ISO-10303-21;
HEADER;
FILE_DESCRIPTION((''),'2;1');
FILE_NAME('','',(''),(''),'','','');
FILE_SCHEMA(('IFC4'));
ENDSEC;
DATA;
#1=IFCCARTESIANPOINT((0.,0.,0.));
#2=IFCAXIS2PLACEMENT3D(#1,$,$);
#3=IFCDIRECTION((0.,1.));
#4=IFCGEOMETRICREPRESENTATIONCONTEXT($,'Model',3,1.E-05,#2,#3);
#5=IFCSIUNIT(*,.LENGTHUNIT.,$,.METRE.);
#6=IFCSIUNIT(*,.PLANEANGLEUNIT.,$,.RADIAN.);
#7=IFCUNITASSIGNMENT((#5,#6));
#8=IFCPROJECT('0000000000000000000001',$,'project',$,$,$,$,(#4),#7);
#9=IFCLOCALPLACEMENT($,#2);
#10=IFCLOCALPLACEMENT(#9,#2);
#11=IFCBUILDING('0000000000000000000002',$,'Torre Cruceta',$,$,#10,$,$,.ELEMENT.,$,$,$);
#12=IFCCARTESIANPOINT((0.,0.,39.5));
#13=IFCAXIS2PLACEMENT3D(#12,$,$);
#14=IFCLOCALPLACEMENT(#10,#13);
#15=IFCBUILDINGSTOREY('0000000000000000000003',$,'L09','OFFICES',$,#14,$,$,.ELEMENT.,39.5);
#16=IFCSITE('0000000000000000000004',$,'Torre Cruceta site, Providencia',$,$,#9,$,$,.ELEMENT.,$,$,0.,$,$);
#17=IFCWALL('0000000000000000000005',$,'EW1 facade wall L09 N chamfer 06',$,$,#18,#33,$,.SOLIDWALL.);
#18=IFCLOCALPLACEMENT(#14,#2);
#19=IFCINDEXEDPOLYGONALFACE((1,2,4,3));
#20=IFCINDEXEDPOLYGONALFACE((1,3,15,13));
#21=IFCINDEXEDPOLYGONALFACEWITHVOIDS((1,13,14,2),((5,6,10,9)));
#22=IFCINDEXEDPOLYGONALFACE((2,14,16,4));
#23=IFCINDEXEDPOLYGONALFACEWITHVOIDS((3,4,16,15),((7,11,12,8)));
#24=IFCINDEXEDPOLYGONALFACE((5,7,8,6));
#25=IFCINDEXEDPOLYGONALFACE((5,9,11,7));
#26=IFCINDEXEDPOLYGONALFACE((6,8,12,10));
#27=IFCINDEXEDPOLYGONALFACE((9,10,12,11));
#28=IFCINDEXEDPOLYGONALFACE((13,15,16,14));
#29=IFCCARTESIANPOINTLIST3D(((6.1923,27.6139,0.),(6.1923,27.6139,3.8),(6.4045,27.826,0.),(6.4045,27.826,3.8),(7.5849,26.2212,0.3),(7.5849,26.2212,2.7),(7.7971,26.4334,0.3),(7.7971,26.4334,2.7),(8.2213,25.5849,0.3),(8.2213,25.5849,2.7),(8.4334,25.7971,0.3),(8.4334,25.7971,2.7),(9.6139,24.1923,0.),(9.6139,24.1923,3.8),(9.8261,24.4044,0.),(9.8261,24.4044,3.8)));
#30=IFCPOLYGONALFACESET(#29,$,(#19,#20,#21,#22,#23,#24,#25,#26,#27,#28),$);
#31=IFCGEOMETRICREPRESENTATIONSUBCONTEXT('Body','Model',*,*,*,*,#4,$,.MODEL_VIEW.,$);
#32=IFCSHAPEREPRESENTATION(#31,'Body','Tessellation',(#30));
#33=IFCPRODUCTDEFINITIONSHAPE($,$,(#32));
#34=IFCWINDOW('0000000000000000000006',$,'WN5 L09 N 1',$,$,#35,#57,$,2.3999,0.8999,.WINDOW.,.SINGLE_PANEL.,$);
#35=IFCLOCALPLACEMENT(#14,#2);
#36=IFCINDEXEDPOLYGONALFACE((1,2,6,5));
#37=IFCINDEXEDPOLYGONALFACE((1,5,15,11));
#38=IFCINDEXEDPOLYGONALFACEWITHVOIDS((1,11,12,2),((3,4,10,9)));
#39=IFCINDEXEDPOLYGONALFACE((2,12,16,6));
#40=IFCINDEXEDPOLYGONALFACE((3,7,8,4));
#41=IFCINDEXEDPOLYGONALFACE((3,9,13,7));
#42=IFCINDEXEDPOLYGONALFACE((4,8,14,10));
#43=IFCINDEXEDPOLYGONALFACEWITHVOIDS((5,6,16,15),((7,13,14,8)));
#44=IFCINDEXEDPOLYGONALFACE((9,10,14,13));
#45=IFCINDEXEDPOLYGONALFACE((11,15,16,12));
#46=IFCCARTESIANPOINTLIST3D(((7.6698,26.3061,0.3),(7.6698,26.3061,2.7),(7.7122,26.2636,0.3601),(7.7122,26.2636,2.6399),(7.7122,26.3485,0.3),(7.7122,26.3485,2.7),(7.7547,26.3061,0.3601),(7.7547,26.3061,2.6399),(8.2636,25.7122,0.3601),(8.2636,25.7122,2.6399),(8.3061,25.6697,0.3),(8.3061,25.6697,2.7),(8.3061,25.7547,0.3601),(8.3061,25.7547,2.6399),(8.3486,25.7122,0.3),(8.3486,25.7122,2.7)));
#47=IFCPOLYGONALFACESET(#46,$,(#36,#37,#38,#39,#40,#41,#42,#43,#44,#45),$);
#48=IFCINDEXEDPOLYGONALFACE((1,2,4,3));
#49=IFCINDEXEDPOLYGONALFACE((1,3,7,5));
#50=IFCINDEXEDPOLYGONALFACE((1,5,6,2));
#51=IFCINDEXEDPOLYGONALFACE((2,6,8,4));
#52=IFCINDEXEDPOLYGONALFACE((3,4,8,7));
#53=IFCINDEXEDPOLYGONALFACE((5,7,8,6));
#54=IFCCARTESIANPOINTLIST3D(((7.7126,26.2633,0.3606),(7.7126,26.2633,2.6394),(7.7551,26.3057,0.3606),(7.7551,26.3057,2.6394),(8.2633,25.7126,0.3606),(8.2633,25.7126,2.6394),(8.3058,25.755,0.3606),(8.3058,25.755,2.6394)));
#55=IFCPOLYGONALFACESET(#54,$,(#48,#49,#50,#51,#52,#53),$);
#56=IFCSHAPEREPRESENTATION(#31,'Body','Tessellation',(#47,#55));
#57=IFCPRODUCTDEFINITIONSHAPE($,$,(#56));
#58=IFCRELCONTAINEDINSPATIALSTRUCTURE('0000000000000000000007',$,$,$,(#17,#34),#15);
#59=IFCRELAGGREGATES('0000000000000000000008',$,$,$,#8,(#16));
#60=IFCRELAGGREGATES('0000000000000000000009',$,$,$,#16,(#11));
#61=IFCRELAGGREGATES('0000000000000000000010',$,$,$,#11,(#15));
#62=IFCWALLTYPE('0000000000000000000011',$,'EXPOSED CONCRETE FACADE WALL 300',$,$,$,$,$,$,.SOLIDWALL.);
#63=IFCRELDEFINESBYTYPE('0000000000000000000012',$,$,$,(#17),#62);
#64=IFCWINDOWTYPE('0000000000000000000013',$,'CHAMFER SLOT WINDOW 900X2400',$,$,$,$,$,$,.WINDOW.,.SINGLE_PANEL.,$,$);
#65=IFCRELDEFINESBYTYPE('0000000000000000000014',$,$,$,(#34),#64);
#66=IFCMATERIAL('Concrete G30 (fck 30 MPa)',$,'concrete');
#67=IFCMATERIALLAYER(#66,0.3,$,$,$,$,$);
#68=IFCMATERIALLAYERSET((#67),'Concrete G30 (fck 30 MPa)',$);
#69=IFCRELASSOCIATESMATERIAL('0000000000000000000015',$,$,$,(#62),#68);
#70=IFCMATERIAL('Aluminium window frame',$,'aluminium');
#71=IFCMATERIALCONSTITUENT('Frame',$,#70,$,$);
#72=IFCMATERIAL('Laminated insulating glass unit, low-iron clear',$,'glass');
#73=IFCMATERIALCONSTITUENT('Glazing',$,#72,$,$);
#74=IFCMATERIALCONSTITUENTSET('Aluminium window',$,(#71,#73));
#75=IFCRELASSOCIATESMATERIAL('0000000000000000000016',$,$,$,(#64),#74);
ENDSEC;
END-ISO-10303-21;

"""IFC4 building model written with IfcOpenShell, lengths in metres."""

from ifc_helpers import new_model, si_unit, direction, frame, frame_2d, origin, place, context, subcontext, project, spatial, rectangle, hollow_rectangle, extrude, material, layer, layer_set, constituent, constituent_set, type_object, element, fill, save


model = new_model("IFC4")

# Units and contexts
model_context = context("Model", 3, precision=1e-05, world=origin(), true_north=direction((0.0, 1.0)))
body_context = subcontext(model_context, "Body", "Model", "MODEL_VIEW")
ifc_project = project(units=[si_unit("LENGTHUNIT", "METRE"), si_unit("PLANEANGLEUNIT", "RADIAN")], contexts=[model_context])

# Site, building, storey
site_placement = place(None, origin())
site = spatial("IfcSite", under=ifc_project, at=site_placement, Name="Torre Cruceta site, Providencia", CompositionType="ELEMENT", RefElevation=0.0)
building_placement = place(site_placement, origin())
building = spatial("IfcBuilding", under=site, at=building_placement, Name="Torre Cruceta", CompositionType="ELEMENT")
storey_placement = place(building_placement, frame((0.0, 0.0, 39.5)))
storey = spatial("IfcBuildingStorey", under=building, at=storey_placement, Name="L09", Description="OFFICES", CompositionType="ELEMENT", Elevation=39.5)

# Wall, opening, window
ifc_material_1 = material(Name="Concrete G30 (fck 30 MPa)", Category="concrete")
ifc_layer_1 = layer(ifc_material_1, 0.3)
ifc_layer_set_1 = layer_set([ifc_layer_1], Name="Concrete G30 (fck 30 MPa)")
wall_type = type_object("IfcWallType", Name="EXPOSED CONCRETE FACADE WALL 300", PredefinedType="SOLIDWALL", material=ifc_layer_set_1)
wall_placement = place(storey_placement, frame((9.72, 24.2983, 0.0), z_axis=(0.0, 0.0, 1.0), x_axis=(-0.707107, 0.707107, 0.0)))
wall = element("IfcWall", 1, at=wall_placement, inside=storey, type_object=wall_type, Name="EW1 facade wall L09 N chamfer 06", PredefinedType="SOLIDWALL", context=body_context, shape_type="SweptSolid", body=[
    extrude(rectangle(XDim=4.8389, YDim=0.3, at=frame_2d((2.4194, 0.0))), origin(), (0.0, 0.0, 1.0), 3.8),
])
opening_placement = place(wall_placement, frame((1.9695, 0.0, 0.3)))
opening = element("IfcOpeningElement", 2, at=opening_placement, cuts=wall, PredefinedType="OPENING", context=body_context, shape_type="SweptSolid", body=[
    extrude(rectangle(XDim=0.8999, YDim=2.3999, at=frame_2d((0.45, 1.2))), frame((0.0, 0.1599, 0.0), z_axis=(0.0, -1.0, 0.0), x_axis=(1.0, 0.0, 0.0)), (0.0, 0.0, 1.0), 0.3201),
])
ifc_material_2 = material(Name="Aluminium window frame", Category="aluminium")
ifc_constituent_1 = constituent(ifc_material_2, Name="Frame")
ifc_material_3 = material(Name="Laminated insulating glass unit, low-iron clear", Category="glass")
ifc_constituent_2 = constituent(ifc_material_3, Name="Glazing")
ifc_constituent_set = constituent_set(constituents=[ifc_constituent_1, ifc_constituent_2], Name="Aluminium window")
window_type = type_object("IfcWindowType", Name="CHAMFER SLOT WINDOW 900X2400", PartitioningType="SINGLE_PANEL", PredefinedType="WINDOW", material=ifc_constituent_set)
window_placement = place(opening_placement, origin())
window = element("IfcWindow", 3, at=window_placement, inside=storey, type_object=window_type, Name="WN5 L09 N 1", OverallHeight=2.3999, OverallWidth=0.8999, PartitioningType="SINGLE_PANEL", PredefinedType="WINDOW", context=body_context, shape_type="SweptSolid", body=[
    extrude(hollow_rectangle(XDim=0.8999, YDim=2.3999, WallThickness=0.0601, at=frame_2d((0.45, 1.2))), frame((0.0, 0.03, 0.0), z_axis=(0.0, -1.0, 0.0), x_axis=(1.0, 0.0, 0.0)), (0.0, 0.0, 1.0), 0.0601),
    extrude(rectangle(XDim=0.7788, YDim=2.2788, at=frame_2d((0.45, 1.2))), frame((0.0, 0.03, 0.0), z_axis=(0.0, -1.0, 0.0), x_axis=(1.0, 0.0, 0.0)), (0.0, 0.0, 1.0), 0.0601),
])
fill(opening, window)

save(model, "model.ifc")
